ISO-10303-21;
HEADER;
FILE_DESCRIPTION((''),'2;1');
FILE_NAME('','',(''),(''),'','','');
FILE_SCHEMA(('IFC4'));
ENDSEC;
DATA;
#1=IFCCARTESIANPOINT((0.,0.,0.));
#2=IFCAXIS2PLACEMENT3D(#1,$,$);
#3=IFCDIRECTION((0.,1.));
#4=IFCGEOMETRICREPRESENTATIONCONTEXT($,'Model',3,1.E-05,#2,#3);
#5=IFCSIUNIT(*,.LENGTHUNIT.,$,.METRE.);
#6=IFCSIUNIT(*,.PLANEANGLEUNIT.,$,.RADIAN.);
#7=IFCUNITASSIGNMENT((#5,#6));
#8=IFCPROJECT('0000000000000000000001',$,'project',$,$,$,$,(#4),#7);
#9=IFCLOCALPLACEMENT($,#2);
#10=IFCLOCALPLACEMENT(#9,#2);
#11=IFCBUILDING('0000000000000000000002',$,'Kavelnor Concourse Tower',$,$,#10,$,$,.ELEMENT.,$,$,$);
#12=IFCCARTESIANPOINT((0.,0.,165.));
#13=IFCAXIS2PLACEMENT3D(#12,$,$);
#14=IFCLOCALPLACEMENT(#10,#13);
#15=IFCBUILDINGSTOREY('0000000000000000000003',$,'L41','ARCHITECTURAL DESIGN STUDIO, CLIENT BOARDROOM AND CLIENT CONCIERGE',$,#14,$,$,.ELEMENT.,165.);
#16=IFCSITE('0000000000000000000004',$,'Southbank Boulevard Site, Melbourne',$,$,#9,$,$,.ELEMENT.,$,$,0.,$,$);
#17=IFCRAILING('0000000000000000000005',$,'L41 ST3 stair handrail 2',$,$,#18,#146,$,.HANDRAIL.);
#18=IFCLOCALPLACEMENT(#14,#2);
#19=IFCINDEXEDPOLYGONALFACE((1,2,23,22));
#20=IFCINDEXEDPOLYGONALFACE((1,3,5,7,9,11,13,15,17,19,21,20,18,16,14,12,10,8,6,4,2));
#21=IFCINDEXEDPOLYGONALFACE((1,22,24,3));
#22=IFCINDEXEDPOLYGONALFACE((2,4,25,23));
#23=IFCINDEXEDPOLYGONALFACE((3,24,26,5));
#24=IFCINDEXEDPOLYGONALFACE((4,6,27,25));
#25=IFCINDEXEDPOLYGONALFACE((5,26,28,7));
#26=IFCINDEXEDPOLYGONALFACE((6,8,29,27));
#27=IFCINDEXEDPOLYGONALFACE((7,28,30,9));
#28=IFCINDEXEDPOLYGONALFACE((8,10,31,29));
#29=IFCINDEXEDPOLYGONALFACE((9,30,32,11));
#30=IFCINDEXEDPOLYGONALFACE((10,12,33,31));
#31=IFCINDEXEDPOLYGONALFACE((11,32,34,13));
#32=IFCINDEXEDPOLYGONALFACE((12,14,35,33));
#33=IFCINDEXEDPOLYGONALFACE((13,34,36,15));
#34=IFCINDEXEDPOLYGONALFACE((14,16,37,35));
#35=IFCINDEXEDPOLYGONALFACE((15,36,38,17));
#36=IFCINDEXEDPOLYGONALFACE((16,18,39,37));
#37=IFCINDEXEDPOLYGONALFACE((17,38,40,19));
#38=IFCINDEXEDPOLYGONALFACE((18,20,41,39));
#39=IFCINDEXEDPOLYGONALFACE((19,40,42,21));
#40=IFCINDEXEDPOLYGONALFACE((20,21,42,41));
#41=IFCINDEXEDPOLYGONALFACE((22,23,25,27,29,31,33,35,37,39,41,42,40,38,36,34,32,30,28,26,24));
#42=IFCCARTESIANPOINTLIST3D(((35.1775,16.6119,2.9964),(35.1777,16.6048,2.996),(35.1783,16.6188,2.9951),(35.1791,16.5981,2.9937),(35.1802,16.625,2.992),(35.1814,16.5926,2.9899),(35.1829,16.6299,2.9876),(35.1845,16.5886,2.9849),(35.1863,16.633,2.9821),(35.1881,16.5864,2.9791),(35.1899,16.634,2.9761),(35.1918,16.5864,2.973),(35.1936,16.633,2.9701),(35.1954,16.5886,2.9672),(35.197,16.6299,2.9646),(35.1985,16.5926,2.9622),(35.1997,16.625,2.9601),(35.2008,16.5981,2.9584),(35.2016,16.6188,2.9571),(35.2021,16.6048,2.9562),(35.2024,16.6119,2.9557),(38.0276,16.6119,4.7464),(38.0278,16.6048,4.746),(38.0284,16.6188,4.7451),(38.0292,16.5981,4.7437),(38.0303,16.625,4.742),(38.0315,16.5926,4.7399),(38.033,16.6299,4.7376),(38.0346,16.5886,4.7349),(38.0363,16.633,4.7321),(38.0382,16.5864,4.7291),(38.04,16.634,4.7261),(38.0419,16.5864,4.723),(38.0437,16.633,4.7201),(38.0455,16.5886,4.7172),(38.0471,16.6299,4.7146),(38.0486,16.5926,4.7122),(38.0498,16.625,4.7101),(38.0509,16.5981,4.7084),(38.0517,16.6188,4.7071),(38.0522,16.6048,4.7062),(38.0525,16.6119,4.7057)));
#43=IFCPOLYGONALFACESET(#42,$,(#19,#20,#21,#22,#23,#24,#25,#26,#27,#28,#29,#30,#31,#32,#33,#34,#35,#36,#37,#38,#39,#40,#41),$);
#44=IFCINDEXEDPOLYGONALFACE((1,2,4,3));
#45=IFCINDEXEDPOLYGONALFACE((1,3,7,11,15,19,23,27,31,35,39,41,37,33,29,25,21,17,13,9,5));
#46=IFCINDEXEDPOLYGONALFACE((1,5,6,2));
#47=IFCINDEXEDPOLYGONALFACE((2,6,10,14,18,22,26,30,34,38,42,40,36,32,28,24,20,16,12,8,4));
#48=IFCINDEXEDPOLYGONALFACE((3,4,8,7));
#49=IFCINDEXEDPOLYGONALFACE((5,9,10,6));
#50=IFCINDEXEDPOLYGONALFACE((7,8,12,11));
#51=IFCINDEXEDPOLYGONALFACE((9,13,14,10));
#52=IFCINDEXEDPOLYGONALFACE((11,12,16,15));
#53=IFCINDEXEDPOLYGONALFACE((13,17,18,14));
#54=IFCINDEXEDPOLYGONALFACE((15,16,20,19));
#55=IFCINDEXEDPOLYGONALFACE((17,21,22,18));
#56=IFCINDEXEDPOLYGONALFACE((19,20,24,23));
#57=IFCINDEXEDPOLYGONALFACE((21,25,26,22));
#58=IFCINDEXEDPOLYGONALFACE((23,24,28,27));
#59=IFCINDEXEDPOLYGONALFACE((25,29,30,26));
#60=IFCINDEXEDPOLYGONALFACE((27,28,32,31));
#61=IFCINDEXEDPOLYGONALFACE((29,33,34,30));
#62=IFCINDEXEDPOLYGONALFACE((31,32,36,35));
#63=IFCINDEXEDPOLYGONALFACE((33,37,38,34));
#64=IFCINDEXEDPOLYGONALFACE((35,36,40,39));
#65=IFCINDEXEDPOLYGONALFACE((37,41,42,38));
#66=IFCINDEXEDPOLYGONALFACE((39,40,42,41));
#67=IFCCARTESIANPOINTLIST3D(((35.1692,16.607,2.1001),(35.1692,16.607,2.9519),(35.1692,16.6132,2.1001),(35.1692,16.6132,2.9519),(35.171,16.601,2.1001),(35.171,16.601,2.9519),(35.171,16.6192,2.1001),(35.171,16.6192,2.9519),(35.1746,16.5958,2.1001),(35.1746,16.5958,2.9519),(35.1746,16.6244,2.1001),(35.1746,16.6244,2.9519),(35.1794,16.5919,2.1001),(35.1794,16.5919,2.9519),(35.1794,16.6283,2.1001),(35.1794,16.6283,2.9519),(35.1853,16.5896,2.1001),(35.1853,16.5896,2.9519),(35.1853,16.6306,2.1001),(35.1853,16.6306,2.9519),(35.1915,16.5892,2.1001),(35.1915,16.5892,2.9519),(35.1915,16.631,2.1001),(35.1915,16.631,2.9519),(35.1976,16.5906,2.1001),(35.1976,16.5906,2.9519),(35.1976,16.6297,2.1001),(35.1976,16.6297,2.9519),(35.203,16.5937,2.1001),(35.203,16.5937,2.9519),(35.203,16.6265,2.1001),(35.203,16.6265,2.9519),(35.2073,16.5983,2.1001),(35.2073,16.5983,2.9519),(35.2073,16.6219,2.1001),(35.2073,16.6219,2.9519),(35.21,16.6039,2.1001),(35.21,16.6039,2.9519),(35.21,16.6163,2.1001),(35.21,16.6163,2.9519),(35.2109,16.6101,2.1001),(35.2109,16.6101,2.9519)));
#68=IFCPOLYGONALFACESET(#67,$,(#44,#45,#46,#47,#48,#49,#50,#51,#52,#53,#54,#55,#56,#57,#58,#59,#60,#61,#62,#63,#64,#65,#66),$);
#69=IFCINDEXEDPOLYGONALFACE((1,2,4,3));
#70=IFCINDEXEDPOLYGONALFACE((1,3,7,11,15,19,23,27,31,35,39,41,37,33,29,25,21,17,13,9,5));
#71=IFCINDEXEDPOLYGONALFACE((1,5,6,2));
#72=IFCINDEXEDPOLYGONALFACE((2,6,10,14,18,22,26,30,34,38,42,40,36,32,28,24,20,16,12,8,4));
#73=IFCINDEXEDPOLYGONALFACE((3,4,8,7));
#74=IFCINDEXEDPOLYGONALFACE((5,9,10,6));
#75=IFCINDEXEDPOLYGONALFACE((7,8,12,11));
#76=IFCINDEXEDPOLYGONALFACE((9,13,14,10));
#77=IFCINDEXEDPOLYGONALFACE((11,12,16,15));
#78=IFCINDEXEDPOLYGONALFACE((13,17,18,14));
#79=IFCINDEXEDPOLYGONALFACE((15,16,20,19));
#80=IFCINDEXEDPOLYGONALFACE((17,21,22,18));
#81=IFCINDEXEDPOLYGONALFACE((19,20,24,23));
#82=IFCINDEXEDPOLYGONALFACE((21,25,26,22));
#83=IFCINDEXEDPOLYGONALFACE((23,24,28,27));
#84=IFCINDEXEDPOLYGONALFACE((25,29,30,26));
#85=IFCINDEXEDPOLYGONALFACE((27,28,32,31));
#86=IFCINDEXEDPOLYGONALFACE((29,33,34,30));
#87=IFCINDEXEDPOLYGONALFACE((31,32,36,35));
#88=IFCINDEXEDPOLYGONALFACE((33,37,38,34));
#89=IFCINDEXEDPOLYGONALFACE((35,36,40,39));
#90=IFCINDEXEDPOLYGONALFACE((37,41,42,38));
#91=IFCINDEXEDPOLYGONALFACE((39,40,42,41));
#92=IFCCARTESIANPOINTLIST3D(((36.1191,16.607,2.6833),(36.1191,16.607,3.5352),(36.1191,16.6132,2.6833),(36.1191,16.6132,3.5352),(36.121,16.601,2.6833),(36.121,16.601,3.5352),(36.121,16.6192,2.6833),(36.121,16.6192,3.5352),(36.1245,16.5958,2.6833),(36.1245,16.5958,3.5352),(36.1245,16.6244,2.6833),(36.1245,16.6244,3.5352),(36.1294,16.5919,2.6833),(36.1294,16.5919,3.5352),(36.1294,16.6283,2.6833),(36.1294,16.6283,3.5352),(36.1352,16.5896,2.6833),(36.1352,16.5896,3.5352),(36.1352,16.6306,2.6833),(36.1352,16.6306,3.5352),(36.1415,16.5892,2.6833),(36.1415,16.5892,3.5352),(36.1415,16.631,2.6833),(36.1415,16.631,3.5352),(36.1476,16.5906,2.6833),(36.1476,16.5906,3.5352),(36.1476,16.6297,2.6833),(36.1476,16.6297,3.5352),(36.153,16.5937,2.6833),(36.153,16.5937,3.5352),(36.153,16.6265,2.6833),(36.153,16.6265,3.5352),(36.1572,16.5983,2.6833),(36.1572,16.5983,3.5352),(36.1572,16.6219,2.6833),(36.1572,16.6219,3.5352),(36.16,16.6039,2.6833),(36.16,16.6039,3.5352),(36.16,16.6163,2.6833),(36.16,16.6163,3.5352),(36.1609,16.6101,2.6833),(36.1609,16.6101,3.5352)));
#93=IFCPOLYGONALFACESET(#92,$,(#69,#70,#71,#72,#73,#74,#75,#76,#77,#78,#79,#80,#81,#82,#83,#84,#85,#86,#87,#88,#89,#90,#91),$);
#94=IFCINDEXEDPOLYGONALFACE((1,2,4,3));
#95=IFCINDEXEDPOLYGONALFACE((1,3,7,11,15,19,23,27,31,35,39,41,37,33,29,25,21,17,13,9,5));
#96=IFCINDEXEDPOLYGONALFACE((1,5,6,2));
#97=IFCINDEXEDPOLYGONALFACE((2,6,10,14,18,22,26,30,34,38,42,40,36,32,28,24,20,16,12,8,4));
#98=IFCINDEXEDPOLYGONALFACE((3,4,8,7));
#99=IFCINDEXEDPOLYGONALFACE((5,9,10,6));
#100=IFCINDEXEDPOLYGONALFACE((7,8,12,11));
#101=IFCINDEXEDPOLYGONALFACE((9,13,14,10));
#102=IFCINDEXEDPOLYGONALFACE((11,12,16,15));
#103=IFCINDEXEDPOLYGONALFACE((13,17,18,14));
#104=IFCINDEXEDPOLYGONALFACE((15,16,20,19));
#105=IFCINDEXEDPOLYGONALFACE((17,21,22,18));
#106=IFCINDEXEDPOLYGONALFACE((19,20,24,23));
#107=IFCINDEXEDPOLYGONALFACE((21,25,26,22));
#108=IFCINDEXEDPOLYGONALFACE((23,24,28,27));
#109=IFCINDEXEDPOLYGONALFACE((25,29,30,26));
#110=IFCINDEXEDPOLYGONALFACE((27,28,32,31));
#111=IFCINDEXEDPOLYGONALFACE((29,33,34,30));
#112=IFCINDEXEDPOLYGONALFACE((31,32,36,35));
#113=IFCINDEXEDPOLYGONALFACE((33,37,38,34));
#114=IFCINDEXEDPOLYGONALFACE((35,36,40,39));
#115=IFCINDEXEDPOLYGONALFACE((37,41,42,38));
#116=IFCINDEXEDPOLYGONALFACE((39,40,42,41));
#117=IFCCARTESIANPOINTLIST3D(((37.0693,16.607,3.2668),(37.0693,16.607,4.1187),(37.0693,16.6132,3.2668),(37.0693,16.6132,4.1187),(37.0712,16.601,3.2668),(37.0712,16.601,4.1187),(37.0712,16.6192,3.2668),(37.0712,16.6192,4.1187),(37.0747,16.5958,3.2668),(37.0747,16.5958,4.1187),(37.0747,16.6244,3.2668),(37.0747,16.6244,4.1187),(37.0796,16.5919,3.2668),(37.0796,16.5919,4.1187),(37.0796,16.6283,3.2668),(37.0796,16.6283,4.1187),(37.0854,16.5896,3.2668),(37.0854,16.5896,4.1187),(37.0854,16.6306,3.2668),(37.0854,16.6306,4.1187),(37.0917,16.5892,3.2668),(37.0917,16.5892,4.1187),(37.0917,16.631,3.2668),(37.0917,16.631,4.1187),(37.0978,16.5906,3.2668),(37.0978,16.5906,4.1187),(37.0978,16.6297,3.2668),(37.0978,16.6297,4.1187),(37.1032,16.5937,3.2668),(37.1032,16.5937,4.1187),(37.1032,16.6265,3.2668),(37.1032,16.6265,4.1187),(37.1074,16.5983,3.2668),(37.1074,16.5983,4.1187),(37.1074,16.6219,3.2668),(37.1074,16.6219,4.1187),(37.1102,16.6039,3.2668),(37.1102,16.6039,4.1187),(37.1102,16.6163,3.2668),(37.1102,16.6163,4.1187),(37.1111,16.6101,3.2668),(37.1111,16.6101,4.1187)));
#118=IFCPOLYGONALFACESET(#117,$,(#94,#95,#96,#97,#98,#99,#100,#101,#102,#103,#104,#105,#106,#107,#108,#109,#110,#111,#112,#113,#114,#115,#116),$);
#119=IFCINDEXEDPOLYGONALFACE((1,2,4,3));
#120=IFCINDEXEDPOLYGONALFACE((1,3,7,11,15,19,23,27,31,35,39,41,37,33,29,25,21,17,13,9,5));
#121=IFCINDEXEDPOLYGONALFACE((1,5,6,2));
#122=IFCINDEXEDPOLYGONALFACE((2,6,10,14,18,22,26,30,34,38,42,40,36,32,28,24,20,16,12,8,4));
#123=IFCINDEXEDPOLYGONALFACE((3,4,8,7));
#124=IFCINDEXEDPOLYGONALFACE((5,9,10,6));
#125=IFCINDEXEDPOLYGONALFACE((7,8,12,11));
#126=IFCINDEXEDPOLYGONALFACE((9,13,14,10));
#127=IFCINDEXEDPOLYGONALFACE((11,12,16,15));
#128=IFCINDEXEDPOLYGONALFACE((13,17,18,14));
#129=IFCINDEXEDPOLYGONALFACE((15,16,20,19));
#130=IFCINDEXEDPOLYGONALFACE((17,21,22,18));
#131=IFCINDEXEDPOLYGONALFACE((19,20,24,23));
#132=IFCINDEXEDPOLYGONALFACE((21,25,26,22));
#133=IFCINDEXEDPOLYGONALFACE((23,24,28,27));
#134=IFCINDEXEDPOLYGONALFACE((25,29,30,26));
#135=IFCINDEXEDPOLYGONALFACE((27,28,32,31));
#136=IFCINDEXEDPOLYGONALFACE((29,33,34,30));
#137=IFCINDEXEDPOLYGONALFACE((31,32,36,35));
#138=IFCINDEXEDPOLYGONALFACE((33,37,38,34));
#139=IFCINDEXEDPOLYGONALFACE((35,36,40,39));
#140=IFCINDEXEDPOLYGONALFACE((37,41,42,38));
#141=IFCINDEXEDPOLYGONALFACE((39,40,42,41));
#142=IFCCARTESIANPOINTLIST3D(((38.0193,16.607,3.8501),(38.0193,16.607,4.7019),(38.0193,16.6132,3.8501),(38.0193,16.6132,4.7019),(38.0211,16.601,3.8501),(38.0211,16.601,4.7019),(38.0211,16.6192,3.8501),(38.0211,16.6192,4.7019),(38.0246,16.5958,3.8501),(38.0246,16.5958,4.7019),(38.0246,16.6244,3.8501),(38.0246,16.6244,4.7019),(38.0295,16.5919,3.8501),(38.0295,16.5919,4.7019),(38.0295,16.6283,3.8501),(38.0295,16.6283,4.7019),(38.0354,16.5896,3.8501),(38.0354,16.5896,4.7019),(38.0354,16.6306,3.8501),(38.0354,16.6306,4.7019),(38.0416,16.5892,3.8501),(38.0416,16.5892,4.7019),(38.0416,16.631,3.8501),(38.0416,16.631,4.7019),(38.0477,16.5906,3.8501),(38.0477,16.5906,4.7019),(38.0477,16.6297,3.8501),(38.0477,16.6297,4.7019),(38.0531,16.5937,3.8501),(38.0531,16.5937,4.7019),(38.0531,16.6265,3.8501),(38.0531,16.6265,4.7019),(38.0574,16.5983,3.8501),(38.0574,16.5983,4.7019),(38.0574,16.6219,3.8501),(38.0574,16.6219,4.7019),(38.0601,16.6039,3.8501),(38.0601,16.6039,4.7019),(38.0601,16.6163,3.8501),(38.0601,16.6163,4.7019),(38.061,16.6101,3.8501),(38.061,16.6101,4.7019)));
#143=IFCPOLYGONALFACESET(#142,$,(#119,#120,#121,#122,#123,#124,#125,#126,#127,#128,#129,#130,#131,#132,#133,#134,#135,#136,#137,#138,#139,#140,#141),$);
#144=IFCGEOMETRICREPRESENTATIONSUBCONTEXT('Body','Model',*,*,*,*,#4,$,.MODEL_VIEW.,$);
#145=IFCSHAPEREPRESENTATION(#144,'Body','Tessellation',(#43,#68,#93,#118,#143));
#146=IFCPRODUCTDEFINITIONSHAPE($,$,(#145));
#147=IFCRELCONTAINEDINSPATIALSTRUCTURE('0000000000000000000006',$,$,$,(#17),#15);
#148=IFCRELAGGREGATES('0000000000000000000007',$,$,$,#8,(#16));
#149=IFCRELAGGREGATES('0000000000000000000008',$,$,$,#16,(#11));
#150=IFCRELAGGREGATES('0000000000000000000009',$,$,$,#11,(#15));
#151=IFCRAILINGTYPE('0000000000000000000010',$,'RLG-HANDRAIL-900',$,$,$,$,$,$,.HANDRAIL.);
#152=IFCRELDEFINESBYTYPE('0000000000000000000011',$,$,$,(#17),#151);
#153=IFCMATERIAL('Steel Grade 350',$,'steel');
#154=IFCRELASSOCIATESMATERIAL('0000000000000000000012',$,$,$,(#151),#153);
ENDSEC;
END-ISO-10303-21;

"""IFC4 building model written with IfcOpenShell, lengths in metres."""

from ifc_helpers import new_model, si_unit, direction, frame, origin, origin_2d, place, context, subcontext, project, spatial, circle, extrude, material, type_object, element, save


model = new_model("IFC4")

# Units and contexts
model_context = context("Model", 3, precision=1e-05, world=origin(), true_north=direction((0.0, 1.0)))
body_context = subcontext(model_context, "Body", "Model", "MODEL_VIEW")
ifc_project = project(units=[si_unit("LENGTHUNIT", "METRE"), si_unit("PLANEANGLEUNIT", "RADIAN")], contexts=[model_context])

# Site, building, storey
site_placement = place(None, origin())
site = spatial("IfcSite", under=ifc_project, at=site_placement, Name="Southbank Boulevard Site, Melbourne", CompositionType="ELEMENT", RefElevation=0.0)
building_placement = place(site_placement, origin())
building = spatial("IfcBuilding", under=site, at=building_placement, Name="Kavelnor Concourse Tower", CompositionType="ELEMENT")
storey_placement = place(building_placement, frame((0.0, 0.0, 165.0)))
storey = spatial("IfcBuildingStorey", under=building, at=storey_placement, Name="L41", Description="ARCHITECTURAL DESIGN STUDIO, CLIENT BOARDROOM AND CLIENT CONCIERGE", CompositionType="ELEMENT", Elevation=165.0)

# Shared definitions
ifc_material_1 = material(Name="Steel Grade 350", Category="steel")

# Railing
railing_type_1 = type_object("IfcRailingType", Name="RLG-HANDRAIL-900", PredefinedType="HANDRAIL", material=ifc_material_1)
railing_1_placement = place(storey_placement, frame((35.1899, 16.6101, 2.1001)))
element("IfcRailing", 1, at=railing_1_placement, inside=storey, type_object=railing_type_1, Name="L41 ST3 stair handrail 2", PredefinedType="HANDRAIL", context=body_context, shape_type="SweptSolid", body=[
    extrude(circle(Radius=0.0239, at=origin_2d()), frame((0.0, 0.0, 0.876), z_axis=(0.852179, 0.0, 0.52325), x_axis=(0.0, 1.0, 0.0)), (0.0, 0.0, 1.0), 3.3445),
    extrude(circle(Radius=0.021, at=origin_2d()), origin(), (0.0, 0.0, 1.0), 0.8518),
    extrude(circle(Radius=0.021, at=origin_2d()), frame((0.95, 0.0, 0.5833)), (0.0, 0.0, 1.0), 0.8518),
    extrude(circle(Radius=0.021, at=origin_2d()), frame((1.9001, 0.0, 1.1667)), (0.0, 0.0, 1.0), 0.8518),
    extrude(circle(Radius=0.021, at=origin_2d()), frame((2.8501, 0.0, 1.75)), (0.0, 0.0, 1.0), 0.8518),
])

save(model, "model.ifc")
